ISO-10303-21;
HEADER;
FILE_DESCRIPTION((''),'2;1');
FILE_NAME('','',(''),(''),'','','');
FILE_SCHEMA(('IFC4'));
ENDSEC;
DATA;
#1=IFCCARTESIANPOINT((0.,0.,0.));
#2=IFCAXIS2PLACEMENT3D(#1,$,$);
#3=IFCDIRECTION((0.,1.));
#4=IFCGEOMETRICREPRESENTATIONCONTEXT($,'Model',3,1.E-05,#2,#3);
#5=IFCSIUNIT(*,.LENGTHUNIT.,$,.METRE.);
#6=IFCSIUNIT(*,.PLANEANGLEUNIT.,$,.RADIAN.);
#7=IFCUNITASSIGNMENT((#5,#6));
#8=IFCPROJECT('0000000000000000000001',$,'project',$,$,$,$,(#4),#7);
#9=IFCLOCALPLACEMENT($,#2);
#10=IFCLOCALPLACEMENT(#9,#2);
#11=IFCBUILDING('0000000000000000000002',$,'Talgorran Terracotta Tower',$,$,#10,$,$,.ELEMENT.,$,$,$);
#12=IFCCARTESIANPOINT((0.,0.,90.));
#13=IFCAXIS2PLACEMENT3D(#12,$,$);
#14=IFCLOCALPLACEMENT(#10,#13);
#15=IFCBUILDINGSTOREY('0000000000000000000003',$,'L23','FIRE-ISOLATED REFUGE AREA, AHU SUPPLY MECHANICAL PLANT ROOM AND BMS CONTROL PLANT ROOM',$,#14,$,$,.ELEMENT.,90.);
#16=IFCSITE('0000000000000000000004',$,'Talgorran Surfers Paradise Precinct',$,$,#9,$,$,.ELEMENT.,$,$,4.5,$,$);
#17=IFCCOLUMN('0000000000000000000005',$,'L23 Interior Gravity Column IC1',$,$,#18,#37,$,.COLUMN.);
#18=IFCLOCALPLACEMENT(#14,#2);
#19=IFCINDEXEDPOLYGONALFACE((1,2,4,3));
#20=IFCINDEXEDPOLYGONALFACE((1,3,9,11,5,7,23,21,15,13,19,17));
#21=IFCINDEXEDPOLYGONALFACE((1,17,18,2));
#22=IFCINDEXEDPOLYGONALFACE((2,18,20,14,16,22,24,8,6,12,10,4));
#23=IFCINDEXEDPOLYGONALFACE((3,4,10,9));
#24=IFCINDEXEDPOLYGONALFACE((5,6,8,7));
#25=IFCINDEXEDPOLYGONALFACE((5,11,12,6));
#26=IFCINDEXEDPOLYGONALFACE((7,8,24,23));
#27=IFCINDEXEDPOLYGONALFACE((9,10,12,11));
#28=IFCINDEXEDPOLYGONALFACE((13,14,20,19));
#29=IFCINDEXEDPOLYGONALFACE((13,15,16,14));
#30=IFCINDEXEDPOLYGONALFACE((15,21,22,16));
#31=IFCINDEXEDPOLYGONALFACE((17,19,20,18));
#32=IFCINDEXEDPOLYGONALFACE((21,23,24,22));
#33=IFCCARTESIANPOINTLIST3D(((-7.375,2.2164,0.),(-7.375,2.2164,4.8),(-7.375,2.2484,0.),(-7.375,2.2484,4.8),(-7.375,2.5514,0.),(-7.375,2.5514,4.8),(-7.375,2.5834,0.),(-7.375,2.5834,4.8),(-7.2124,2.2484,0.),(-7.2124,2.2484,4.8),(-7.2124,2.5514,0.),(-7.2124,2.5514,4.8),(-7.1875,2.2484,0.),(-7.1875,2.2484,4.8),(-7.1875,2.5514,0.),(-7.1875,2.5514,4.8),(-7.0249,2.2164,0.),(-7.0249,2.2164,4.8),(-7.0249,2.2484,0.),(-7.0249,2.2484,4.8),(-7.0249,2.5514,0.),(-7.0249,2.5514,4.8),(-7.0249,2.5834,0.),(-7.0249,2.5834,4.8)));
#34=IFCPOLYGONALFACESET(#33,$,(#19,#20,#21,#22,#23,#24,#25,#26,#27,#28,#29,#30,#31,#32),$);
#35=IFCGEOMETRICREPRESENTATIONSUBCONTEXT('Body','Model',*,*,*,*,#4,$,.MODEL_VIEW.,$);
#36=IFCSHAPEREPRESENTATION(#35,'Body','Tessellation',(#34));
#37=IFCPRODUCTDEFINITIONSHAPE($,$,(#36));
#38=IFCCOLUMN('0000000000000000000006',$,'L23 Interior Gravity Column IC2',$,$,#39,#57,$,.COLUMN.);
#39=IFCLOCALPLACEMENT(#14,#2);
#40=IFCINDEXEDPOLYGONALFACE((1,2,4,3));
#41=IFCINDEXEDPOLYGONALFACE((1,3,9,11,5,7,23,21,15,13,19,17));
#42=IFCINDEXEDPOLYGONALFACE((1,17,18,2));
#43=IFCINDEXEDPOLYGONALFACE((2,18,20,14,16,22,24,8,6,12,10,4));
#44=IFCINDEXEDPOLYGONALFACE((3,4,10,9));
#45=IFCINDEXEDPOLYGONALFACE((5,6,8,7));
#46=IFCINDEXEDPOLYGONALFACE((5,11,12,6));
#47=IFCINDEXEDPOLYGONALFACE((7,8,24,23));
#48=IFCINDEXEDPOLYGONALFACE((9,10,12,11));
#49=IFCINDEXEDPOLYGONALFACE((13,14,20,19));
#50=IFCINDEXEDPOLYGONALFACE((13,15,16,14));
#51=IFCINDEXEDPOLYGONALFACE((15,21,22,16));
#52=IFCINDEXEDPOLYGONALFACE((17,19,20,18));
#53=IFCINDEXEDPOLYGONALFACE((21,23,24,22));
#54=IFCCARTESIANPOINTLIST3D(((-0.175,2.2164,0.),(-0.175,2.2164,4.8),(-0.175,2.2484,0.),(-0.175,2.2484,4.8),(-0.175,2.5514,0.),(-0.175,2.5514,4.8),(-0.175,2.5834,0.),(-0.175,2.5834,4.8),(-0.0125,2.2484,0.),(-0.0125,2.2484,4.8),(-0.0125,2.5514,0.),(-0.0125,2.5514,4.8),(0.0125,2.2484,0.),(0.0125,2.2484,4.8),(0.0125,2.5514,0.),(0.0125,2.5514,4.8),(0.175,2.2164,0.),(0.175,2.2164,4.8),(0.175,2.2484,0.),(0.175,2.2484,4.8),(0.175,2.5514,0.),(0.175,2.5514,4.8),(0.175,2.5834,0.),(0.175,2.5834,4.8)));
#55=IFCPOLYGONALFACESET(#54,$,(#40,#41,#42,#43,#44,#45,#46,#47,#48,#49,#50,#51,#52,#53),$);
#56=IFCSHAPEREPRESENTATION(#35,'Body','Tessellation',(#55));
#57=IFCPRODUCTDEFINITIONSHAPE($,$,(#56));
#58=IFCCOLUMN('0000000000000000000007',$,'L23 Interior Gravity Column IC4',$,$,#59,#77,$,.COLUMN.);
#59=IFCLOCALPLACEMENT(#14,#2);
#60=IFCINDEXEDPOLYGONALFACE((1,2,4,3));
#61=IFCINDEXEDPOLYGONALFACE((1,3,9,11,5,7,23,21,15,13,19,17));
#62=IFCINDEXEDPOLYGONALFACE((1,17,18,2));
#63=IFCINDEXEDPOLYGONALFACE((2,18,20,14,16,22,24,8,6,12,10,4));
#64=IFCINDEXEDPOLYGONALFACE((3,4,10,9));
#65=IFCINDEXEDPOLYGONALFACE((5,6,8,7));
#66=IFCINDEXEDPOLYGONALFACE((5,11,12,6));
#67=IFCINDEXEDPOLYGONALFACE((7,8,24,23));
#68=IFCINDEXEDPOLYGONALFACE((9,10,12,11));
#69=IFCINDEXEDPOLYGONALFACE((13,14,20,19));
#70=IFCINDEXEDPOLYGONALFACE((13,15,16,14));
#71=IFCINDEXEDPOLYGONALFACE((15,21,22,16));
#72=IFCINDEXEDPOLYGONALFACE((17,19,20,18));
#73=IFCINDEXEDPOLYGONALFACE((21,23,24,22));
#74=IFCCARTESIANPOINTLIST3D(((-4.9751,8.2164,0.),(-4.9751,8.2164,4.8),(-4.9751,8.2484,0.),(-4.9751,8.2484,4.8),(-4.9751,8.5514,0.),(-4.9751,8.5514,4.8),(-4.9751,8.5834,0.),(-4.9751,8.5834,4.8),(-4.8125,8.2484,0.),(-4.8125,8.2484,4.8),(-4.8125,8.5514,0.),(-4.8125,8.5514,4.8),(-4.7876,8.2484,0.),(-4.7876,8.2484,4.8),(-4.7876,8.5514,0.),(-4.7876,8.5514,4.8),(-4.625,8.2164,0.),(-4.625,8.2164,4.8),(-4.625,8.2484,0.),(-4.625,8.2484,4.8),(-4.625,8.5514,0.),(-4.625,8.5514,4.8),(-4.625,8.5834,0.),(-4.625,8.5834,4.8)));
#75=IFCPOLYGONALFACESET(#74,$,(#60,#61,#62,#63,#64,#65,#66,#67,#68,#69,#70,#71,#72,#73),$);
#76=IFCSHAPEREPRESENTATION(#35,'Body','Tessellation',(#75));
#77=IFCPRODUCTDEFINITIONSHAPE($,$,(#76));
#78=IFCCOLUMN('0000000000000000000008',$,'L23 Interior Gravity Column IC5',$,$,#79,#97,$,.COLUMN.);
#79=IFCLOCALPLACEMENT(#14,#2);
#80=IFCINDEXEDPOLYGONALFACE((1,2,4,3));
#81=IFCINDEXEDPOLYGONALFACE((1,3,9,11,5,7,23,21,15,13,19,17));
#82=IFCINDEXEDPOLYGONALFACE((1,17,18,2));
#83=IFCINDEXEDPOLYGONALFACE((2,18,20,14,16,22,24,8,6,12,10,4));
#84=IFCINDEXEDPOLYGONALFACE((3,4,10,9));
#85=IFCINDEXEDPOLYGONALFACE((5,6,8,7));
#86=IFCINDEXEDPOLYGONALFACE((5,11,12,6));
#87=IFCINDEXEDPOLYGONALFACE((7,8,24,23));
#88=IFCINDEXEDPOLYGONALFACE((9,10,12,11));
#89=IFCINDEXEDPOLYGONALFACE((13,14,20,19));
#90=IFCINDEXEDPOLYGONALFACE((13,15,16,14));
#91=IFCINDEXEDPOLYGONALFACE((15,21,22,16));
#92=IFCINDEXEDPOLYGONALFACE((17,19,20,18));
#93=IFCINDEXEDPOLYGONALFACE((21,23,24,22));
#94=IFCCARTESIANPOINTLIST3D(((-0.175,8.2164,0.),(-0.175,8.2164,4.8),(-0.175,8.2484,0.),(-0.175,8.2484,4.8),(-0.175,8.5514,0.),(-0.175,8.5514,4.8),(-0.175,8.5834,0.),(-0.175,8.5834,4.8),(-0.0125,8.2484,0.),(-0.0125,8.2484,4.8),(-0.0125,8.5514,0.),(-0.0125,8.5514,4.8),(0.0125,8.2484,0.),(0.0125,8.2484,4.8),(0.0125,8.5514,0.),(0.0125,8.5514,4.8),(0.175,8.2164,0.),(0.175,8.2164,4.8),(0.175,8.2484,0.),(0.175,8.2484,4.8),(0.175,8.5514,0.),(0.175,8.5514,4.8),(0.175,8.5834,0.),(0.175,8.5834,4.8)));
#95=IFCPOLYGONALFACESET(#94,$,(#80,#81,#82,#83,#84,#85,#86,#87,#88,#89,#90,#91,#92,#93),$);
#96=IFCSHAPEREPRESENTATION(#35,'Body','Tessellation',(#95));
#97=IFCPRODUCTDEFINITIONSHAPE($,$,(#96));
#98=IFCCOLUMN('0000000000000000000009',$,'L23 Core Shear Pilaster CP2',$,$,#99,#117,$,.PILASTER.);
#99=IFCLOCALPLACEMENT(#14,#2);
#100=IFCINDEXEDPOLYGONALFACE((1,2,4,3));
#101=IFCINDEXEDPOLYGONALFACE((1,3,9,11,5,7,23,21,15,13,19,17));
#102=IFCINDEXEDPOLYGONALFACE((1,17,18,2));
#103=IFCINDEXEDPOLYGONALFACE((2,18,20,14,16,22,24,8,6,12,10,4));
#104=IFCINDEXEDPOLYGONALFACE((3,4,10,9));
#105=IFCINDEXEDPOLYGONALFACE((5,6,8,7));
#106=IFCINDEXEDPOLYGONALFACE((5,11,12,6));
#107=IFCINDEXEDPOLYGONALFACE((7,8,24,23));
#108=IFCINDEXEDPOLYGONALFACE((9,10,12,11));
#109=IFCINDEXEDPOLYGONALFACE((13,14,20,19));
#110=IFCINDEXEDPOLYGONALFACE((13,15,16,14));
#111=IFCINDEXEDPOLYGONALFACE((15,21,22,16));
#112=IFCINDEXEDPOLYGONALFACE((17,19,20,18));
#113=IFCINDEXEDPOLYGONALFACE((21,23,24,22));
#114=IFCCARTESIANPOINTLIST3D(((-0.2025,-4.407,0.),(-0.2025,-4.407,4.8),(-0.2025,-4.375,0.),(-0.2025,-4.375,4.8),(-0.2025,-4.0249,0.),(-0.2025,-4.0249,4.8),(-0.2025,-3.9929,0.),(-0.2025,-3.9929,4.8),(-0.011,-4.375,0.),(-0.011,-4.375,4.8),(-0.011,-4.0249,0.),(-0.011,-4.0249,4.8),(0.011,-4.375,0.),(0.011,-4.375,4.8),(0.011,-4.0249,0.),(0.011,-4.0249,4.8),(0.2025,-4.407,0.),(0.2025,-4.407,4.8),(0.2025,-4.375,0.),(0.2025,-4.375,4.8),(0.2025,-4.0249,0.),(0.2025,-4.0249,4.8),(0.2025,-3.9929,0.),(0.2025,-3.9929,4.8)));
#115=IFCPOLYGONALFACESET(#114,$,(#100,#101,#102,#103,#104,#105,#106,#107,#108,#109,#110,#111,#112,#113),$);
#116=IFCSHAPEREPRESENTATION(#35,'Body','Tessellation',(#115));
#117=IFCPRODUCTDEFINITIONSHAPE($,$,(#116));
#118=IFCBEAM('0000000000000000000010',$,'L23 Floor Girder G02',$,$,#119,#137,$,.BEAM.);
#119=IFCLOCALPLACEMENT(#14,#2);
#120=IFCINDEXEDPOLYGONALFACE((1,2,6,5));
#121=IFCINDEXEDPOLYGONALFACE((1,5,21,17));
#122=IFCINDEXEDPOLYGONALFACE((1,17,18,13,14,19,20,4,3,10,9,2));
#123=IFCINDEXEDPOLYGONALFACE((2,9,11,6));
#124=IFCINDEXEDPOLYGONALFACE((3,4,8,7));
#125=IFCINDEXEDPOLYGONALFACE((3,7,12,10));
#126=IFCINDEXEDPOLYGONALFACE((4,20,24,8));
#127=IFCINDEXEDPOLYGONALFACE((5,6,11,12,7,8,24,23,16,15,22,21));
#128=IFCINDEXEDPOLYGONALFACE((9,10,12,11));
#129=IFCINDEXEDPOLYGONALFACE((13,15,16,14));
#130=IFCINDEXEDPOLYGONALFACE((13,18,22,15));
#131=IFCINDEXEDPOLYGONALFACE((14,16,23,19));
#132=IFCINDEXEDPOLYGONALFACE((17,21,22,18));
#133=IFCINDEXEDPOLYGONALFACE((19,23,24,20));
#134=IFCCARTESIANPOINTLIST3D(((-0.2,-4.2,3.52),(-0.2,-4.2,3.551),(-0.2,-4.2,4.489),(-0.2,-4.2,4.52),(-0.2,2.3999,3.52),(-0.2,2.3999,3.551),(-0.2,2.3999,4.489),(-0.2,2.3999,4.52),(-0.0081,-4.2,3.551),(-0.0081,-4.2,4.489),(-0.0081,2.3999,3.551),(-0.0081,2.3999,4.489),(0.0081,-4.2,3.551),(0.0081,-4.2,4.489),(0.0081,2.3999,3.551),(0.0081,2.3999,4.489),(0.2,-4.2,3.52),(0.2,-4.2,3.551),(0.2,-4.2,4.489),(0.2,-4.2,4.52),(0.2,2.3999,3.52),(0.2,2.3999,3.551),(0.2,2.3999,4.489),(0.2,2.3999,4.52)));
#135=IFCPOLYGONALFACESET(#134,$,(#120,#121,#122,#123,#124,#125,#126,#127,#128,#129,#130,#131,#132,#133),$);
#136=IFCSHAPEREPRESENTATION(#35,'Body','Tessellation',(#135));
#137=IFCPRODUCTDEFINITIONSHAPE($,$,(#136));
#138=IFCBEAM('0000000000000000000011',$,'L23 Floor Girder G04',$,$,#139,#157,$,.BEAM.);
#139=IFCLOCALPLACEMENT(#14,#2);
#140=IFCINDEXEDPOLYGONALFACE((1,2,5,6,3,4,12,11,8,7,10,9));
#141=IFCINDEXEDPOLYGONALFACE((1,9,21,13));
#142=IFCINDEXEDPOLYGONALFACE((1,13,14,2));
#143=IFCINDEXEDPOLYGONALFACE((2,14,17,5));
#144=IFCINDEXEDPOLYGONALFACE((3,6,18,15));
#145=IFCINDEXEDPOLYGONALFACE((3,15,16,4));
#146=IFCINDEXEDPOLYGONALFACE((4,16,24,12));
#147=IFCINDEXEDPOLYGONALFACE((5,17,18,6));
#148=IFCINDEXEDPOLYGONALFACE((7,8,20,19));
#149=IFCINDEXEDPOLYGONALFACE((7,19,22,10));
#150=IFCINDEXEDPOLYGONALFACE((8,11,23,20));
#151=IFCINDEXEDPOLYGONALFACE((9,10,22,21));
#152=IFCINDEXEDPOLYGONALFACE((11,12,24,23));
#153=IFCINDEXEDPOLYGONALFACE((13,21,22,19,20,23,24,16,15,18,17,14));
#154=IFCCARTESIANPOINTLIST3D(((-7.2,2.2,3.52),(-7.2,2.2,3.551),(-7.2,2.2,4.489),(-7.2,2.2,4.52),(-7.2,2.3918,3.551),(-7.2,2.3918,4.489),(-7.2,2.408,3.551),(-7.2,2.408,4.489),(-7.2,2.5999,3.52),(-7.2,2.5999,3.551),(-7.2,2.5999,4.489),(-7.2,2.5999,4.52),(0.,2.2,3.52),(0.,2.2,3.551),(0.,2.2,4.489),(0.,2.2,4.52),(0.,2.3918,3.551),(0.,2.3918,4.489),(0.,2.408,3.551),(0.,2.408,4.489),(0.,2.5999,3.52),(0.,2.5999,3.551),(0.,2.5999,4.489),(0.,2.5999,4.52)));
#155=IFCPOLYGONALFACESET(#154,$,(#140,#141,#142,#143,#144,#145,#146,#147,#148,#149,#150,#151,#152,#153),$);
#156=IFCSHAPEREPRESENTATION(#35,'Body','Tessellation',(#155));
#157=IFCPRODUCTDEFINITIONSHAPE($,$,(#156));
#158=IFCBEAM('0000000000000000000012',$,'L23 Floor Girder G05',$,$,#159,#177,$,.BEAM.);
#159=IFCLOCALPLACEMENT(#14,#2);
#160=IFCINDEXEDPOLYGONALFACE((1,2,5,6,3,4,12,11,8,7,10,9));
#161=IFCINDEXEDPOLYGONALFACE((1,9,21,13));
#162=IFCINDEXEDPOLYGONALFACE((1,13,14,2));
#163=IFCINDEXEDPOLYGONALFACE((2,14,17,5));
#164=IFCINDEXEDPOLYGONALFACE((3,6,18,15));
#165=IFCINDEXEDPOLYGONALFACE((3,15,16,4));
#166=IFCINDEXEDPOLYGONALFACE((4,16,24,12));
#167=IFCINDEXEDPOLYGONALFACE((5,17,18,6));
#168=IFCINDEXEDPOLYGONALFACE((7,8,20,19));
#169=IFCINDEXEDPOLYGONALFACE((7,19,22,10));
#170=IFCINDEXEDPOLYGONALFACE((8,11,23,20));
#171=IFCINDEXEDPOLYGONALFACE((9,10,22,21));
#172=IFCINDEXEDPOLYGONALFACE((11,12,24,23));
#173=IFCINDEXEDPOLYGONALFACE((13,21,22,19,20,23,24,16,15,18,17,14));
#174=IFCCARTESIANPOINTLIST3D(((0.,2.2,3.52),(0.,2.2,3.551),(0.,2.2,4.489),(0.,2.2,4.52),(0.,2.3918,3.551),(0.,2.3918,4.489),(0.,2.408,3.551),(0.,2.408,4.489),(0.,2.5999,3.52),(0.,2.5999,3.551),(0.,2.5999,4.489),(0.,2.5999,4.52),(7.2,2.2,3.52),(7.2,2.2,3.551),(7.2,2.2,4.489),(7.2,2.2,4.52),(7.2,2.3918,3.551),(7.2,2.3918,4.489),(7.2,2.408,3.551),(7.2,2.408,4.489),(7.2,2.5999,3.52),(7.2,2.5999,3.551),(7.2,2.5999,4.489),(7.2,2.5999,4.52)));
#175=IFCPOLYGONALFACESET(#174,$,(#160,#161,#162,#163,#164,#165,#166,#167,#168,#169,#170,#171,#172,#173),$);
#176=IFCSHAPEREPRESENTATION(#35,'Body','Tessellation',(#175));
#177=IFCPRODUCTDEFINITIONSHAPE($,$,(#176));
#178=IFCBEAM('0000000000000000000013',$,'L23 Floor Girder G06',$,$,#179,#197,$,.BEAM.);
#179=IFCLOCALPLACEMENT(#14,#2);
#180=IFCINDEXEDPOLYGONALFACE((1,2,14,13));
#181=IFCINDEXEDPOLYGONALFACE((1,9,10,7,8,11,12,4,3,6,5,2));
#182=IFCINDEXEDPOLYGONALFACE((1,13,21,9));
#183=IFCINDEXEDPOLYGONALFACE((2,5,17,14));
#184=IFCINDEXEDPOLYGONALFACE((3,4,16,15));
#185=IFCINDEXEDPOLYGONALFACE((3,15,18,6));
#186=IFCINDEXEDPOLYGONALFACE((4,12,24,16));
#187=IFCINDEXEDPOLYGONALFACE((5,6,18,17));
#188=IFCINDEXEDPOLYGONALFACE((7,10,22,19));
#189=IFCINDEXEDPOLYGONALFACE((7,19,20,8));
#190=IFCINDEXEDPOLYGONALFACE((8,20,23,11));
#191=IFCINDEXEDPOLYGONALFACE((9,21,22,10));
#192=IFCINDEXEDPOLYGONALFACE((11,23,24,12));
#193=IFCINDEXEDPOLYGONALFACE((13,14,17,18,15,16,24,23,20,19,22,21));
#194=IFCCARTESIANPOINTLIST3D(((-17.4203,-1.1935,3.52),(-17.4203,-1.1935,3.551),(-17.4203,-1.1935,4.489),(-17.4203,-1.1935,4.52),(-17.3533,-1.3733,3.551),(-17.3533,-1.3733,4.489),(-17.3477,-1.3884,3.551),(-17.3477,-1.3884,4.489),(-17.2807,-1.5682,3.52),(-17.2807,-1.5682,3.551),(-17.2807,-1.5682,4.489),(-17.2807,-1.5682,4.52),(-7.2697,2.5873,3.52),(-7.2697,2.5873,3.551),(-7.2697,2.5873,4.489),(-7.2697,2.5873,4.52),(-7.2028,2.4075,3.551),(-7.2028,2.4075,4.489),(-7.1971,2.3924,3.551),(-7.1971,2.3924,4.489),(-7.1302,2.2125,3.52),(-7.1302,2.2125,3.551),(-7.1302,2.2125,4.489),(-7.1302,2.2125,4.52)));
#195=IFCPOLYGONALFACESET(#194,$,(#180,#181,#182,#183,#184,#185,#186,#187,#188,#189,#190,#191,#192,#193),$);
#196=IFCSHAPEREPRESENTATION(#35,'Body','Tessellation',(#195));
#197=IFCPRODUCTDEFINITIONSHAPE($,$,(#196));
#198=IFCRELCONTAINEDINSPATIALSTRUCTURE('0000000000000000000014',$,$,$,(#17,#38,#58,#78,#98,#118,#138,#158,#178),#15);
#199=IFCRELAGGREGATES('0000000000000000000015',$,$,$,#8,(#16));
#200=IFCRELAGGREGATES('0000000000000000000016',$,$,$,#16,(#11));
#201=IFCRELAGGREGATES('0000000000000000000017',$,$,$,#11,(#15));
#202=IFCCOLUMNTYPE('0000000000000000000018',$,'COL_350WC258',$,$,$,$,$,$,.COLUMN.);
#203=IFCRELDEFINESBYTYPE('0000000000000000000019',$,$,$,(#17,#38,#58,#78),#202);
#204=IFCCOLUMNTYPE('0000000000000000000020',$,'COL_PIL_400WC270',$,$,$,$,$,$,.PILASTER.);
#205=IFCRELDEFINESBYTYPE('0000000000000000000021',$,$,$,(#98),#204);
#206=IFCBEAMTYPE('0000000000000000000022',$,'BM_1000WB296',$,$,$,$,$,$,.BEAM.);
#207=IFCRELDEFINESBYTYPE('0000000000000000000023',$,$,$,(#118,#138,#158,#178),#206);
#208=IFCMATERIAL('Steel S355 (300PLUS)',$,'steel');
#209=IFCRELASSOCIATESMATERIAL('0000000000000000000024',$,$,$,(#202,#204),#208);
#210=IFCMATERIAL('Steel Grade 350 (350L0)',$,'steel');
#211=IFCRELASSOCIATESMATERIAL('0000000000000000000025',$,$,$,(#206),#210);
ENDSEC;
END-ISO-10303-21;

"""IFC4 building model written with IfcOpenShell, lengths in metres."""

from ifc_helpers import new_model, si_unit, direction, frame, origin, origin_2d, place, context, subcontext, project, spatial, i_section, extrude, material, material_profile, profile_set, type_object, element, save


model = new_model("IFC4")

# Units and contexts
model_context = context("Model", 3, precision=1e-05, world=origin(), true_north=direction((0.0, 1.0)))
body_context = subcontext(model_context, "Body", "Model", "MODEL_VIEW")
ifc_project = project(units=[si_unit("LENGTHUNIT", "METRE"), si_unit("PLANEANGLEUNIT", "RADIAN")], contexts=[model_context])

# Site, building, storey
site_placement = place(None, origin())
site = spatial("IfcSite", under=ifc_project, at=site_placement, Name="Talgorran Surfers Paradise Precinct", CompositionType="ELEMENT", RefElevation=4.5)
building_placement = place(site_placement, origin())
building = spatial("IfcBuilding", under=site, at=building_placement, Name="Talgorran Terracotta Tower", CompositionType="ELEMENT")
storey_placement = place(building_placement, frame((0.0, 0.0, 90.0)))
storey = spatial("IfcBuildingStorey", under=building, at=storey_placement, Name="L23", Description="FIRE-ISOLATED REFUGE AREA, AHU SUPPLY MECHANICAL PLANT ROOM AND BMS CONTROL PLANT ROOM", CompositionType="ELEMENT", Elevation=90.0)

# Columns
ifc_material_1 = material(Name="Steel S355 (300PLUS)", Category="steel")
ifc_material_profile_1 = material_profile(ifc_material_1, i_section(OverallWidth=0.3501, OverallDepth=0.3669, WebThickness=0.0249, FlangeThickness=0.032, at=origin_2d()), Name="350WC258")
ifc_profile_set_1 = profile_set([ifc_material_profile_1], Name="Steel S355 (300PLUS)")
column_type_1 = type_object("IfcColumnType", Name="COL_350WC258", PredefinedType="COLUMN", material=ifc_profile_set_1)
for number, where, z_axis, x_axis, name in (
    (1, (-7.2, 2.3999, 0.0), (0.0, 0.0, 1.0), (1.0, 0.0, 0.0), "L23 Interior Gravity Column IC1"),
    (2, (0.0, 2.3999, 0.0), (0.0, 0.0, 1.0), (1.0, 0.0, 0.0), "L23 Interior Gravity Column IC2"),
    (3, (-4.8, 8.3999, 0.0), (0.0, 0.0, 1.0), (1.0, 0.0, 0.0), "L23 Interior Gravity Column IC4"),
    (4, (0.0, 8.3999, 0.0), (0.0, 0.0, 1.0), (1.0, 0.0, 0.0), "L23 Interior Gravity Column IC5"),
):
    element("IfcColumn", number, at=place(storey_placement, frame(where, z_axis=z_axis, x_axis=x_axis)), inside=storey, type_object=column_type_1, Name=name, PredefinedType="COLUMN", context=body_context, shape_type="SweptSolid", body=[
        extrude(i_section(OverallWidth=0.3501, OverallDepth=0.3669, WebThickness=0.0249, FlangeThickness=0.032, at=origin_2d()), origin(), (0.0, 0.0, 1.0), 4.8),
    ])
ifc_material_profile_2 = material_profile(ifc_material_1, i_section(OverallWidth=0.405, OverallDepth=0.4141, WebThickness=0.022, FlangeThickness=0.032, at=origin_2d()), Name="400WC270")
ifc_profile_set_2 = profile_set([ifc_material_profile_2], Name="Steel S355 (300PLUS)")
column_type_2 = type_object("IfcColumnType", Name="COL_PIL_400WC270", PredefinedType="PILASTER", material=ifc_profile_set_2)
column_placement = place(storey_placement, frame((0.0, -4.2, 0.0), z_axis=(0.0, 0.0, 1.0), x_axis=(1.0, 0.0, 0.0)))
element("IfcColumn", 5, at=column_placement, inside=storey, type_object=column_type_2, Name="L23 Core Shear Pilaster CP2", PredefinedType="PILASTER", context=body_context, shape_type="SweptSolid", body=[
    extrude(i_section(OverallWidth=0.405, OverallDepth=0.4141, WebThickness=0.022, FlangeThickness=0.032, at=origin_2d()), origin(), (0.0, 0.0, 1.0), 4.8),
])

# Beams
ifc_material_2 = material(Name="Steel Grade 350 (350L0)", Category="steel")
ifc_material_profile_3 = material_profile(ifc_material_2, i_section(OverallWidth=0.3999, OverallDepth=1.0, WebThickness=0.0161, FlangeThickness=0.031, at=origin_2d()), Name="1000WB296")
ifc_profile_set_3 = profile_set([ifc_material_profile_3], Name="Steel Grade 350 (350L0)")
beam_type_1 = type_object("IfcBeamType", Name="BM_1000WB296", PredefinedType="BEAM", material=ifc_profile_set_3)
beam_1_placement = place(storey_placement, frame((0.0, -4.2, 4.02), z_axis=(0.0, 1.0, 0.0), x_axis=(-1.0, 0.0, 0.0)))
element("IfcBeam", 6, at=beam_1_placement, inside=storey, type_object=beam_type_1, Name="L23 Floor Girder G02", PredefinedType="BEAM", context=body_context, shape_type="SweptSolid", body=[
    extrude(i_section(OverallWidth=0.3999, OverallDepth=1.0, WebThickness=0.0161, FlangeThickness=0.031, at=origin_2d()), origin(), (0.0, 0.0, 1.0), 6.5999),
])
for number, where, z_axis, x_axis, name in (
    (7, (-7.2, 2.3999, 4.02), (1.0, 0.0, 0.0), (0.0, 1.0, 0.0), "L23 Floor Girder G04"),
    (8, (0.0, 2.3999, 4.02), (1.0, 0.0, 0.0), (0.0, 1.0, 0.0), "L23 Floor Girder G05"),
):
    element("IfcBeam", number, at=place(storey_placement, frame(where, z_axis=z_axis, x_axis=x_axis)), inside=storey, type_object=beam_type_1, Name=name, PredefinedType="BEAM", context=body_context, shape_type="SweptSolid", body=[
        extrude(i_section(OverallWidth=0.3999, OverallDepth=1.0, WebThickness=0.0161, FlangeThickness=0.031, at=origin_2d()), origin(), (0.0, 0.0, 1.0), 7.2),
    ])
beam_2_placement = place(storey_placement, frame((-7.2, 2.3999, 4.02), z_axis=(-0.937108, -0.34904, 0.0), x_axis=(0.34904, -0.937108, 0.0)))
element("IfcBeam", 9, at=beam_2_placement, inside=storey, type_object=beam_type_1, Name="L23 Floor Girder G06", PredefinedType="BEAM", context=body_context, shape_type="SweptSolid", body=[
    extrude(i_section(OverallWidth=0.3999, OverallDepth=1.0, WebThickness=0.0161, FlangeThickness=0.031, at=origin_2d()), origin(), (0.0, 0.0, 1.0), 10.8318),
])

save(model, "model.ifc")
